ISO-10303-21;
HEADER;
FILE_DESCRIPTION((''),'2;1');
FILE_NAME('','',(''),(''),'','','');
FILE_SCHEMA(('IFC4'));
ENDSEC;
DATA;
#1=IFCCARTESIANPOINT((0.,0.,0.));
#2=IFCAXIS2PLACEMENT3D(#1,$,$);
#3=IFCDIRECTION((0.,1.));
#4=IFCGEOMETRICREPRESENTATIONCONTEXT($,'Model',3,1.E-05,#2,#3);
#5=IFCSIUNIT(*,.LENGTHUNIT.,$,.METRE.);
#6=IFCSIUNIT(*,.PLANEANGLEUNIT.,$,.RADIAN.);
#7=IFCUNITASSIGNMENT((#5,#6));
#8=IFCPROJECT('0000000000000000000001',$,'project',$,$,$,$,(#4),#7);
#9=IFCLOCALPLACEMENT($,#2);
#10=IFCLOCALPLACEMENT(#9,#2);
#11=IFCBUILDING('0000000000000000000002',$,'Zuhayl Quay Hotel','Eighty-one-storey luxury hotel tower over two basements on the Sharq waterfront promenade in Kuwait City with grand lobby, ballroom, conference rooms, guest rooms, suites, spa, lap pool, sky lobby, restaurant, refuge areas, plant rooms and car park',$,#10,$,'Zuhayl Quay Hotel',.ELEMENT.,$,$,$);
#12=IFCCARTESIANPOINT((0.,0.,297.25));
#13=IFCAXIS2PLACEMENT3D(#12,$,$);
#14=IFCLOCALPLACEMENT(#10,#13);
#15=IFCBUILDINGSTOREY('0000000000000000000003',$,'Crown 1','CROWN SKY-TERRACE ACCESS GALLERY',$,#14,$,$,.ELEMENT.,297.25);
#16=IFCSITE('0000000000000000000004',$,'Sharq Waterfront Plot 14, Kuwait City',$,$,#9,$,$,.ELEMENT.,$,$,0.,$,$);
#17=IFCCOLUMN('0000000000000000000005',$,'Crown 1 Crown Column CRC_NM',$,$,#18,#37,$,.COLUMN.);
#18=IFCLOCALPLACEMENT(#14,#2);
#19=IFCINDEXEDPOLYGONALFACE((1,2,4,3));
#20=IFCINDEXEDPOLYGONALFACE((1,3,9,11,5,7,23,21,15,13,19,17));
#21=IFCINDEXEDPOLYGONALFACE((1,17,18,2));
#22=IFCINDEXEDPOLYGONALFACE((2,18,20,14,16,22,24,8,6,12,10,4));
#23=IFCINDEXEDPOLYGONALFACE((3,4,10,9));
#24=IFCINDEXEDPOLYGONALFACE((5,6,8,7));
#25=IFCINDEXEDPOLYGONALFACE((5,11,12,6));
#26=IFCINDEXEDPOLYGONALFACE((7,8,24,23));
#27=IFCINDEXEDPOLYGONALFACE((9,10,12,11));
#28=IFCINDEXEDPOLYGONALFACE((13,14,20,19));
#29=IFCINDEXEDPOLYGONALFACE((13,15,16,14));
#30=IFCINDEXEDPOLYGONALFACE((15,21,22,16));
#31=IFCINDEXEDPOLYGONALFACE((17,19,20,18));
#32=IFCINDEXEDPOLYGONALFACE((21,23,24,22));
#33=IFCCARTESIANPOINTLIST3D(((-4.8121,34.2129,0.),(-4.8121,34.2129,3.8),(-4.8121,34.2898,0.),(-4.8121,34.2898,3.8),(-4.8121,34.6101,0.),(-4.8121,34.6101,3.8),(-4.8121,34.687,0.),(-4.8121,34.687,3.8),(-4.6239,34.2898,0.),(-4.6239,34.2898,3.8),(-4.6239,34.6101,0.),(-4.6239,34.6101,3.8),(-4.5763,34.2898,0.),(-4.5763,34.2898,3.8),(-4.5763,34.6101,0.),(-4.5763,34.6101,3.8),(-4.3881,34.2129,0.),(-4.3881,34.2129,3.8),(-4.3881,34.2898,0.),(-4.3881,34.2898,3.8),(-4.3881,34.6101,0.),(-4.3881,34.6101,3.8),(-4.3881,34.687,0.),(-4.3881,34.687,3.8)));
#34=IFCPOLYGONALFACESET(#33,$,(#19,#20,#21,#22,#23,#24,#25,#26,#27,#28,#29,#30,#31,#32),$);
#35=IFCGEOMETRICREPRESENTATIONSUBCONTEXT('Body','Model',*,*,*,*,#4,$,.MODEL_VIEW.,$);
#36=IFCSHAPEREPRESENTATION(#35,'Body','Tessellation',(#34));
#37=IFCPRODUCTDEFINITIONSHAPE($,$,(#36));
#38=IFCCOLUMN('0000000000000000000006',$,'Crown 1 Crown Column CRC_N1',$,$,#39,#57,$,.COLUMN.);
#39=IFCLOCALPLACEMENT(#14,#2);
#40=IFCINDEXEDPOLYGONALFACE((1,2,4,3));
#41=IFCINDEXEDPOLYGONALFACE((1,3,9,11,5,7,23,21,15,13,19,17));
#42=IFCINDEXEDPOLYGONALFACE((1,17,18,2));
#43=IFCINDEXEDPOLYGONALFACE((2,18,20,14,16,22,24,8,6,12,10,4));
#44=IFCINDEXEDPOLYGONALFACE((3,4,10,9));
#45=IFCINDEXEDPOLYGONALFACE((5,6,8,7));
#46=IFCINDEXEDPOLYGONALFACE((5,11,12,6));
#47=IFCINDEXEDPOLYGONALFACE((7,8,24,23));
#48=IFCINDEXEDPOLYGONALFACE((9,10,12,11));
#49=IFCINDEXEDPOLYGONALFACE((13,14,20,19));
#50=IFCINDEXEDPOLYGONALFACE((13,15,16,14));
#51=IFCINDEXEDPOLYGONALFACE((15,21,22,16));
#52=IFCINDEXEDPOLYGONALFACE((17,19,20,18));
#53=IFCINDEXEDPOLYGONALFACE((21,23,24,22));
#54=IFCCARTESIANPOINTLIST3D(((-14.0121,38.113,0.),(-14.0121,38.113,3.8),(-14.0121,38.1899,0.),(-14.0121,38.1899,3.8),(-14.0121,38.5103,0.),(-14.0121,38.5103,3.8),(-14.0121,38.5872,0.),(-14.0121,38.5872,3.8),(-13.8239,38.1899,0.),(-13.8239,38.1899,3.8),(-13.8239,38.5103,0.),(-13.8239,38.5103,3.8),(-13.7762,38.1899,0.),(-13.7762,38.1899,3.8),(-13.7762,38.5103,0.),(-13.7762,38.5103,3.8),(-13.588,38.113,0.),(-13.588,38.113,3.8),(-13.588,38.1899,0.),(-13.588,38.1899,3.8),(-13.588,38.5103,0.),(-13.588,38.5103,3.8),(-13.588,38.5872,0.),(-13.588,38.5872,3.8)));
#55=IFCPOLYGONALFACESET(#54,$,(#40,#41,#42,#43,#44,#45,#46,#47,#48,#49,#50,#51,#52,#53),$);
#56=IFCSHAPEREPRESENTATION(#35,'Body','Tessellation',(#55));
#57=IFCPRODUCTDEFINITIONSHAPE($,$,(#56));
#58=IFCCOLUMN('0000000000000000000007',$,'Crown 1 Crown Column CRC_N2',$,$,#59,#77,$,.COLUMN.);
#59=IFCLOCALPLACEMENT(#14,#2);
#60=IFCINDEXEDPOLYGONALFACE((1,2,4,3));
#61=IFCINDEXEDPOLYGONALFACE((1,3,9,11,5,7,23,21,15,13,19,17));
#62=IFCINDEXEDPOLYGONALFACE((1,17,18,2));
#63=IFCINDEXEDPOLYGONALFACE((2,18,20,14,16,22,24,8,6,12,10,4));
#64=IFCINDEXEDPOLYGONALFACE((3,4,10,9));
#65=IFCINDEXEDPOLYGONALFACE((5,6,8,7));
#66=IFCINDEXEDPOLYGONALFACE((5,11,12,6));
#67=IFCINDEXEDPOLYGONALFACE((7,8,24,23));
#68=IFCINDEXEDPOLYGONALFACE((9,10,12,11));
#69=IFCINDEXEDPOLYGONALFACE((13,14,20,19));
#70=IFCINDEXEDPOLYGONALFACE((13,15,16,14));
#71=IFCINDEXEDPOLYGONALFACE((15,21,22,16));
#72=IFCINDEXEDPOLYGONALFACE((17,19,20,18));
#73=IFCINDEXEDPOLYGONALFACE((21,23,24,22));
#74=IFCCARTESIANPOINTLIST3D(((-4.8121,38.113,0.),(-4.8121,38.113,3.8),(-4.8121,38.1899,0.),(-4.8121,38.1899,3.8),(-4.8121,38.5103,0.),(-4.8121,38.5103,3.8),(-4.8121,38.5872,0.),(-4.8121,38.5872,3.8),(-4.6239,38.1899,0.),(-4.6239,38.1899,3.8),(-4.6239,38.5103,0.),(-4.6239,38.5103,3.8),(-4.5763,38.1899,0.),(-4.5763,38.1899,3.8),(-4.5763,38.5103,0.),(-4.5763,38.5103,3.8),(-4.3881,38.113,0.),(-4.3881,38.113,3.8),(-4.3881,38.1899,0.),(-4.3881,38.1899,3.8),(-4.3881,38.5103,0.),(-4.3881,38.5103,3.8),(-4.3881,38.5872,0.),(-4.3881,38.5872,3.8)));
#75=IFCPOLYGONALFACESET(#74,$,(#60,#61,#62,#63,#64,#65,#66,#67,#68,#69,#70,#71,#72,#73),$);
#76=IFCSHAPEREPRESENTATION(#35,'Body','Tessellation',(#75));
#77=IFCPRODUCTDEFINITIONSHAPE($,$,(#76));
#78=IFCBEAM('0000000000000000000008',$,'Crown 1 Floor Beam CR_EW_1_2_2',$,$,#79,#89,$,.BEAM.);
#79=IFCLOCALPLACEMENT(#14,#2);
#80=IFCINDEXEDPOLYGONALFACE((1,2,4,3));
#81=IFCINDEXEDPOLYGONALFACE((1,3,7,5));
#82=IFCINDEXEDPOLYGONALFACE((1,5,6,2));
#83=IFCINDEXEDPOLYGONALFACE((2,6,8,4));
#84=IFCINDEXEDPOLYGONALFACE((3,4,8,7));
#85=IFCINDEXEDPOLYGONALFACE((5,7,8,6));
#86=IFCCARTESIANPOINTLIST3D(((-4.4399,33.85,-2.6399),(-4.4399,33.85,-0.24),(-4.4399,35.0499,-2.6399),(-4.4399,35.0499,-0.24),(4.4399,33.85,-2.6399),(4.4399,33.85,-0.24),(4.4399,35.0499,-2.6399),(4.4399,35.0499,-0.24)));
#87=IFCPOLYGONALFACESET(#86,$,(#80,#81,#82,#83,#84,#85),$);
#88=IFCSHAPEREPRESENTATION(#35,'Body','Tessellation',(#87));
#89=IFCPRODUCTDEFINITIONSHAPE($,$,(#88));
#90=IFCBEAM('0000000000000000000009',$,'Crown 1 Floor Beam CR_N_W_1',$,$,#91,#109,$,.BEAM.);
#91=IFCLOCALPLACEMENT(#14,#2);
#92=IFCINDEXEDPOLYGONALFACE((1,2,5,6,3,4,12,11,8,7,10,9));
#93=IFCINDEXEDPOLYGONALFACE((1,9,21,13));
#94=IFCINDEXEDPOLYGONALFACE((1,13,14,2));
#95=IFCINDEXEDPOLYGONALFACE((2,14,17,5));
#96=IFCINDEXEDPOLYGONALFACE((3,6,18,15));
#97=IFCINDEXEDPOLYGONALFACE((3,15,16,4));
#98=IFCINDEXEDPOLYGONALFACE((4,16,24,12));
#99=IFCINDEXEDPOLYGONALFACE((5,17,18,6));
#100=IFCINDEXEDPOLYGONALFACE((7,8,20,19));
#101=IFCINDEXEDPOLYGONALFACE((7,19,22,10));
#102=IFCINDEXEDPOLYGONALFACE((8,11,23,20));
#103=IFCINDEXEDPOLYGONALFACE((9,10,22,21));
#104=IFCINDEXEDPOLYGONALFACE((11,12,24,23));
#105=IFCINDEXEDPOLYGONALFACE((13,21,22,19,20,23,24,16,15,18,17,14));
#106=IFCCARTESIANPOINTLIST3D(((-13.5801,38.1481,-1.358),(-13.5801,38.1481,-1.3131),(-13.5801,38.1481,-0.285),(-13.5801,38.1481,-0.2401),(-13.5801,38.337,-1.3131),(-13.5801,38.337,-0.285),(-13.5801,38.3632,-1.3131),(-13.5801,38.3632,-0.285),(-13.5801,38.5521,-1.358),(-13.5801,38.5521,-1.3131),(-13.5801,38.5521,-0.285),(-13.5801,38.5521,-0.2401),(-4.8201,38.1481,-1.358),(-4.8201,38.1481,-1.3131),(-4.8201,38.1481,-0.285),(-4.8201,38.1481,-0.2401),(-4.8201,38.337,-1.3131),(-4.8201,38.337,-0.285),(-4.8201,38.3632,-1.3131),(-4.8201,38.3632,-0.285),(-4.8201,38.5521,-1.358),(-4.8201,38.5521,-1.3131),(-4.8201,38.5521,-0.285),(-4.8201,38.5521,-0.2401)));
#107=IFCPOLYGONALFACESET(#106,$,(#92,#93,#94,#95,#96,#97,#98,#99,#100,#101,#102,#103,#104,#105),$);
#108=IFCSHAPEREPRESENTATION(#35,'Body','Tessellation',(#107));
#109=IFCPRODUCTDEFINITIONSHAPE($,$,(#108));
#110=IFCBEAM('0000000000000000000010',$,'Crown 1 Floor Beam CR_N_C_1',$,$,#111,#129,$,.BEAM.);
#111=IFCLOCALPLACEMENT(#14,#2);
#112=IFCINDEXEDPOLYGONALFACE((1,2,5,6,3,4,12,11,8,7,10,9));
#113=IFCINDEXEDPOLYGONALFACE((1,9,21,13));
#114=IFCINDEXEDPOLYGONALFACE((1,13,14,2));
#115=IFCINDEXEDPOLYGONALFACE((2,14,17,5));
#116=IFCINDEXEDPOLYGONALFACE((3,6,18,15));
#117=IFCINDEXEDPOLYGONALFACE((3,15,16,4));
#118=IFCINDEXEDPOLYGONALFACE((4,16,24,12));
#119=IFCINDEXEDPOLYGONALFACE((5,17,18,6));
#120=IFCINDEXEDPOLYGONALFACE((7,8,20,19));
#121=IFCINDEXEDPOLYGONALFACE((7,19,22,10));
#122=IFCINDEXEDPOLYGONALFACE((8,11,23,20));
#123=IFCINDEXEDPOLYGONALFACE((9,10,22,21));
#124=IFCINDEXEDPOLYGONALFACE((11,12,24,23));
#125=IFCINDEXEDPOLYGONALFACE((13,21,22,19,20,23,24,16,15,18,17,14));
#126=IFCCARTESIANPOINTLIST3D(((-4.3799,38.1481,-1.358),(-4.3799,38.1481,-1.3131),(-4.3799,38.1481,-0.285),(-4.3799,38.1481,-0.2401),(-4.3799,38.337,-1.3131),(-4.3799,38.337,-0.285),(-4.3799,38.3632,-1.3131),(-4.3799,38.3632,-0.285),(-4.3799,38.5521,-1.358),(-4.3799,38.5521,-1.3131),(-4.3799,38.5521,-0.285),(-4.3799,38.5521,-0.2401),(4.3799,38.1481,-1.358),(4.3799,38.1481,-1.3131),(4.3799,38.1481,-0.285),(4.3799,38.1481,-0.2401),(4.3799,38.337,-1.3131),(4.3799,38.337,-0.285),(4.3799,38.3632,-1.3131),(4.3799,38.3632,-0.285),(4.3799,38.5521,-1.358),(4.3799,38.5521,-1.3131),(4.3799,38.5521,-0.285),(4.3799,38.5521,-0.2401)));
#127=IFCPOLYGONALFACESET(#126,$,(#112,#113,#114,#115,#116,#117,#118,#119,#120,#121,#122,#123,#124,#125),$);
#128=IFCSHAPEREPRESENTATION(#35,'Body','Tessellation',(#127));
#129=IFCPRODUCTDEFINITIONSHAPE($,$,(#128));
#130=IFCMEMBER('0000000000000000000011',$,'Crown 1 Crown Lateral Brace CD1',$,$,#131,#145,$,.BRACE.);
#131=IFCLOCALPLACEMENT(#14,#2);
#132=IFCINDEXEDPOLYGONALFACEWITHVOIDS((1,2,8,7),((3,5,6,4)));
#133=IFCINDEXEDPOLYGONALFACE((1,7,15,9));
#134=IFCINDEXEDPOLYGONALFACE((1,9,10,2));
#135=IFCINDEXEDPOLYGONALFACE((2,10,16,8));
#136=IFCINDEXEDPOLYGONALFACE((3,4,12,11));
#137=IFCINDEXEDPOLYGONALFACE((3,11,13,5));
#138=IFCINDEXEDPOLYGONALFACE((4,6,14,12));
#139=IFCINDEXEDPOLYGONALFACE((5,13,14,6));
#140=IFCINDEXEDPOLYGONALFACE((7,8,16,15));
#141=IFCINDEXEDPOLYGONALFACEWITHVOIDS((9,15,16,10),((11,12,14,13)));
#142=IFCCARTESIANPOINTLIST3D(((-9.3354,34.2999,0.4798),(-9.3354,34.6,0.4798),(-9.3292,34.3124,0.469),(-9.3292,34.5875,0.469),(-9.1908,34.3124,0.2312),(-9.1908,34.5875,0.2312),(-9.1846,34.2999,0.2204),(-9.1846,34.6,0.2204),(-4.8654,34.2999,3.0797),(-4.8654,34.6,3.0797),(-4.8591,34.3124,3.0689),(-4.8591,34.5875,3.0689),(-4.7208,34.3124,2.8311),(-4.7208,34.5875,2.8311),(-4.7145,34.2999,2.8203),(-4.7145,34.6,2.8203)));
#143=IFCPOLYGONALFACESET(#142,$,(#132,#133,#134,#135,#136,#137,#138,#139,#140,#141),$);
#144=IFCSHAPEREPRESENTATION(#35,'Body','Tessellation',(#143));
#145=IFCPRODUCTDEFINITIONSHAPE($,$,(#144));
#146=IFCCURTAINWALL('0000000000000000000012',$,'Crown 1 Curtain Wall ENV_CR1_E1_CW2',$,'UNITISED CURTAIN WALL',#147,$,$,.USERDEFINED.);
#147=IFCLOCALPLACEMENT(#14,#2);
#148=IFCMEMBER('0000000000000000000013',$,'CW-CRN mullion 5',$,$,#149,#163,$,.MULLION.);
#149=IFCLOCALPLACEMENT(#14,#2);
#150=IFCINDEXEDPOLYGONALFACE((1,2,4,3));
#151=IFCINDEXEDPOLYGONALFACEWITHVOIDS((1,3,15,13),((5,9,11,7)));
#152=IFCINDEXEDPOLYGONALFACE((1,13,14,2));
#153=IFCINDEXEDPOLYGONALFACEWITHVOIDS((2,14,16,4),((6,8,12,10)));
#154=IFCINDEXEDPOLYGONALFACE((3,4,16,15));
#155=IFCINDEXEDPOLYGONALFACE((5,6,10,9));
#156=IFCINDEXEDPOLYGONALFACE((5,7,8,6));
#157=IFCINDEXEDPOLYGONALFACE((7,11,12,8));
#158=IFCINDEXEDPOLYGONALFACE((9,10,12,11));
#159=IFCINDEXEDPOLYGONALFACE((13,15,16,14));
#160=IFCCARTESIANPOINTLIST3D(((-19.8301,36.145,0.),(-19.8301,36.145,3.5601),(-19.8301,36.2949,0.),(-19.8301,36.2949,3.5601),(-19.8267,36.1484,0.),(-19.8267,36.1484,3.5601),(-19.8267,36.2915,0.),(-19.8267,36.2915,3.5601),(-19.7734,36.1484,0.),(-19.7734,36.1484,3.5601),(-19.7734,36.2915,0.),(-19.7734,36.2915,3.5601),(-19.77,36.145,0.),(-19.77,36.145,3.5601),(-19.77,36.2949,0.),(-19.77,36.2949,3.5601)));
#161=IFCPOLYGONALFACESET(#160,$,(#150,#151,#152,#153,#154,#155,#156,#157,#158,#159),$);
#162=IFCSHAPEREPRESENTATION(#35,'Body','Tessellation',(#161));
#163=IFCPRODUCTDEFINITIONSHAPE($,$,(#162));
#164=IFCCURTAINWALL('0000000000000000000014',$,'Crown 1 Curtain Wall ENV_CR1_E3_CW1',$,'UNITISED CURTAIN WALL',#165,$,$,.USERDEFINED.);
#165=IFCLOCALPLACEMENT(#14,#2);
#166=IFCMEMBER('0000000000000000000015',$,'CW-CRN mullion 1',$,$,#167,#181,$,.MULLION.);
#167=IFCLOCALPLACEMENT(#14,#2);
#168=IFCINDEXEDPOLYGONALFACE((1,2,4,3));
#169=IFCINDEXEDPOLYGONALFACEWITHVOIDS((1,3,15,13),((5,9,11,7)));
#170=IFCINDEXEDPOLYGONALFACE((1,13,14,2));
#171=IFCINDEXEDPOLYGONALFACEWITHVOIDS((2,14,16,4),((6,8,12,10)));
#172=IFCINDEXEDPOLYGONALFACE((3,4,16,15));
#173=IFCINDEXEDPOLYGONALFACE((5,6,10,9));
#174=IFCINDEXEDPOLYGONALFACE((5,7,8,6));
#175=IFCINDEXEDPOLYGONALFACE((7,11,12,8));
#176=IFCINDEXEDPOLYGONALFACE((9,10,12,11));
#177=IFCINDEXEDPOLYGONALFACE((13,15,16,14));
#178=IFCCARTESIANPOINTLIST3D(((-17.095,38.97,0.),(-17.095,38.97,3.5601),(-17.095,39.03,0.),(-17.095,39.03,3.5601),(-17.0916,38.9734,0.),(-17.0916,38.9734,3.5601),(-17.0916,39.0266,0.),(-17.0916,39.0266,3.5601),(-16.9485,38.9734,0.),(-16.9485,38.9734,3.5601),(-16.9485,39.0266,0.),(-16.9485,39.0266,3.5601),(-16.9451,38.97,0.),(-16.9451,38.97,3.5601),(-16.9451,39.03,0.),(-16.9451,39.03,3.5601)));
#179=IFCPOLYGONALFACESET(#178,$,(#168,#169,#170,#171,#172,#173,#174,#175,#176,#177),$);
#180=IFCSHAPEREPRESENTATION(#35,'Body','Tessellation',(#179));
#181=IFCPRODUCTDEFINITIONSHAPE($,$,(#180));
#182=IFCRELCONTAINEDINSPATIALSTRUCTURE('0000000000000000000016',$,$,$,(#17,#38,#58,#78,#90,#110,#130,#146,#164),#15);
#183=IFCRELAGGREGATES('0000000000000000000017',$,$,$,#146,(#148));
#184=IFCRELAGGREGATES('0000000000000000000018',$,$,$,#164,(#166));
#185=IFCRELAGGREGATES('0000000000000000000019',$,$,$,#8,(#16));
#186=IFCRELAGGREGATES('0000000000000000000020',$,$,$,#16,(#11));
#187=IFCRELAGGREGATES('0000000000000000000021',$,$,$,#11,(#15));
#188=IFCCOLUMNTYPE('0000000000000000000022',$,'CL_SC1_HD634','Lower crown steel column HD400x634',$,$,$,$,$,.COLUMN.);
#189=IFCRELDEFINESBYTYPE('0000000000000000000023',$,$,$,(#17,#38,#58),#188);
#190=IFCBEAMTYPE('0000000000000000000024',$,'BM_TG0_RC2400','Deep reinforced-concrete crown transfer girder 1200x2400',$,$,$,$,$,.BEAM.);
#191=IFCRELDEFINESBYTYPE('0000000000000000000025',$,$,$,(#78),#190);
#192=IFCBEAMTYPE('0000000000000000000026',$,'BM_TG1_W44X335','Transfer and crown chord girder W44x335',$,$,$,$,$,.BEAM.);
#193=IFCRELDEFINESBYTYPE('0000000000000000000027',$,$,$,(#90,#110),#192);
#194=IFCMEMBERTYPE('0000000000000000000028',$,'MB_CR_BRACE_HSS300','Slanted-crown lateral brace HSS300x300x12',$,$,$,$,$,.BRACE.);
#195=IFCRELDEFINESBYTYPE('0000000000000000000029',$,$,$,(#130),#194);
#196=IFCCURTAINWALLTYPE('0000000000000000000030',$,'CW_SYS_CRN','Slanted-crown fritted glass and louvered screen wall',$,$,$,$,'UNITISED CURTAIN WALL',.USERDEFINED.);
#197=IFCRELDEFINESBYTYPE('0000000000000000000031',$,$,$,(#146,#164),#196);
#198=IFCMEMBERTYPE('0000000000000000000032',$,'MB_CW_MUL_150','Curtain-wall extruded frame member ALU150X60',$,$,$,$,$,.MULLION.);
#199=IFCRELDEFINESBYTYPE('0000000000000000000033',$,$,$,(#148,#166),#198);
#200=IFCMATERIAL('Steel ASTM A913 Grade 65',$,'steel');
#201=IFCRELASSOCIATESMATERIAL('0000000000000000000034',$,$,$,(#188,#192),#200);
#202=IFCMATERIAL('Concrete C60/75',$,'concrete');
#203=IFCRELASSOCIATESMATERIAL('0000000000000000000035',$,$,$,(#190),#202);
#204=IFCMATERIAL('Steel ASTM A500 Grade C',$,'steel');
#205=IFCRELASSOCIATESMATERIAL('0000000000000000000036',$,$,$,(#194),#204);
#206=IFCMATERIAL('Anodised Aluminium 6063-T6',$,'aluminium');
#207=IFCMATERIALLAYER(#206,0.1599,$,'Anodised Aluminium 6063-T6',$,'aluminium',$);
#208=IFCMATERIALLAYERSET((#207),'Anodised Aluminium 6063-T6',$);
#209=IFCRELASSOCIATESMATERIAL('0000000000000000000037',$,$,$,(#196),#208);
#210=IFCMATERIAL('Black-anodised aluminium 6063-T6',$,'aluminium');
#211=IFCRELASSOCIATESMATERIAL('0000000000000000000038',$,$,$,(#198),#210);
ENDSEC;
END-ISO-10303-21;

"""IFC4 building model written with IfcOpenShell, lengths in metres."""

from ifc_helpers import new_model, si_unit, direction, frame, origin, origin_2d, place, context, subcontext, project, spatial, rectangle, hollow_rectangle, i_section, extrude, material, layer, layer_set, material_profile, profile_set, type_object, element, aggregate, save


model = new_model("IFC4")

# Units and contexts
model_context = context("Model", 3, precision=1e-05, world=origin(), true_north=direction((0.0, 1.0)))
body_context = subcontext(model_context, "Body", "Model", "MODEL_VIEW")
ifc_project = project(units=[si_unit("LENGTHUNIT", "METRE"), si_unit("PLANEANGLEUNIT", "RADIAN")], contexts=[model_context])

# Site, building, storey
site_placement = place(None, origin())
site = spatial("IfcSite", under=ifc_project, at=site_placement, Name="Sharq Waterfront Plot 14, Kuwait City", CompositionType="ELEMENT", RefElevation=0.0)
building_placement = place(site_placement, origin())
building = spatial("IfcBuilding", under=site, at=building_placement, Name="Zuhayl Quay Hotel", Description="Eighty-one-storey luxury hotel tower over two basements on the Sharq waterfront promenade in Kuwait City with grand lobby, ballroom, conference rooms, guest rooms, suites, spa, lap pool, sky lobby, restaurant, refuge areas, plant rooms and car park", LongName="Zuhayl Quay Hotel", CompositionType="ELEMENT")
storey_placement = place(building_placement, frame((0.0, 0.0, 297.25)))
storey = spatial("IfcBuildingStorey", under=building, at=storey_placement, Name="Crown 1", Description="CROWN SKY-TERRACE ACCESS GALLERY", CompositionType="ELEMENT", Elevation=297.25)

# Columns
ifc_material_1 = material(Name="Steel ASTM A913 Grade 65", Category="steel")
ifc_material_profile_1 = material_profile(ifc_material_1, i_section(OverallWidth=0.4241, OverallDepth=0.4741, WebThickness=0.0476, FlangeThickness=0.0769, at=origin_2d()), Name="HD400X634")
ifc_profile_set_1 = profile_set([ifc_material_profile_1], Name="Steel ASTM A913 Grade 65")
column_type = type_object("IfcColumnType", Name="CL_SC1_HD634", Description="Lower crown steel column HD400x634", PredefinedType="COLUMN", material=ifc_profile_set_1)
for number, where, z_axis, x_axis, name in (
    (1, (-4.6001, 34.45, 0.0), (0.0, 0.0, 1.0), (1.0, 0.0, 0.0), "Crown 1 Crown Column CRC_NM"),
    (2, (-13.8, 38.3501, 0.0), (0.0, 0.0, 1.0), (1.0, 0.0, 0.0), "Crown 1 Crown Column CRC_N1"),
    (3, (-4.6001, 38.3501, 0.0), (0.0, 0.0, 1.0), (1.0, 0.0, 0.0), "Crown 1 Crown Column CRC_N2"),
):
    element("IfcColumn", number, at=place(storey_placement, frame(where, z_axis=z_axis, x_axis=x_axis)), inside=storey, type_object=column_type, Name=name, PredefinedType="COLUMN", context=body_context, shape_type="SweptSolid", body=[
        extrude(i_section(OverallWidth=0.4241, OverallDepth=0.4741, WebThickness=0.0476, FlangeThickness=0.0769, at=origin_2d()), origin(), (0.0, 0.0, 1.0), 3.8),
    ])

# Beams
ifc_material_2 = material(Name="Concrete C60/75", Category="concrete")
ifc_material_profile_2 = material_profile(ifc_material_2, rectangle(XDim=1.2, YDim=2.3999, at=origin_2d()), Name="RC1200X2400")
ifc_profile_set_2 = profile_set([ifc_material_profile_2], Name="Concrete C60/75")
beam_type_1 = type_object("IfcBeamType", Name="BM_TG0_RC2400", Description="Deep reinforced-concrete crown transfer girder 1200x2400", PredefinedType="BEAM", material=ifc_profile_set_2)
beam_1_placement = place(storey_placement, frame((-4.4399, 34.45, -1.4399), z_axis=(1.0, 0.0, 0.0), x_axis=(0.0, 1.0, 0.0)))
element("IfcBeam", 4, at=beam_1_placement, inside=storey, type_object=beam_type_1, Name="Crown 1 Floor Beam CR_EW_1_2_2", PredefinedType="BEAM", context=body_context, shape_type="SweptSolid", body=[
    extrude(rectangle(XDim=1.2, YDim=2.3999, at=origin_2d()), origin(), (0.0, 0.0, 1.0), 8.8799),
])
ifc_material_profile_3 = material_profile(ifc_material_1, i_section(OverallWidth=0.4041, OverallDepth=1.1179, WebThickness=0.0261, FlangeThickness=0.0449, at=origin_2d()), Name="W44X335")
ifc_profile_set_3 = profile_set([ifc_material_profile_3], Name="Steel ASTM A913 Grade 65")
beam_type_2 = type_object("IfcBeamType", Name="BM_TG1_W44X335", Description="Transfer and crown chord girder W44x335", PredefinedType="BEAM", material=ifc_profile_set_3)
beam_2_placement = place(storey_placement, frame((-13.5801, 38.3501, -0.7991), z_axis=(1.0, 0.0, 0.0), x_axis=(0.0, 1.0, 0.0)))
element("IfcBeam", 5, at=beam_2_placement, inside=storey, type_object=beam_type_2, Name="Crown 1 Floor Beam CR_N_W_1", PredefinedType="BEAM", context=body_context, shape_type="SweptSolid", body=[
    extrude(i_section(OverallWidth=0.4041, OverallDepth=1.1179, WebThickness=0.0261, FlangeThickness=0.0449, at=origin_2d()), origin(), (0.0, 0.0, 1.0), 8.76),
])
beam_3_placement = place(storey_placement, frame((-4.3799, 38.3501, -0.7991), z_axis=(1.0, 0.0, 0.0), x_axis=(0.0, 1.0, 0.0)))
element("IfcBeam", 6, at=beam_3_placement, inside=storey, type_object=beam_type_2, Name="Crown 1 Floor Beam CR_N_C_1", PredefinedType="BEAM", context=body_context, shape_type="SweptSolid", body=[
    extrude(i_section(OverallWidth=0.4041, OverallDepth=1.1179, WebThickness=0.0261, FlangeThickness=0.0449, at=origin_2d()), origin(), (0.0, 0.0, 1.0), 8.7598),
])

# Member
ifc_material_3 = material(Name="Steel ASTM A500 Grade C", Category="steel")
ifc_material_profile_4 = material_profile(ifc_material_3, hollow_rectangle(XDim=0.3, YDim=0.3, WallThickness=0.0125, at=origin_2d()), Name="HSS300X300X12")
ifc_profile_set_4 = profile_set([ifc_material_profile_4], Name="Steel ASTM A500 Grade C")
member_type_1 = type_object("IfcMemberType", Name="MB_CR_BRACE_HSS300", Description="Slanted-crown lateral brace HSS300x300x12", PredefinedType="BRACE", material=ifc_profile_set_4)
member_1_placement = place(storey_placement, frame((-9.26, 34.45, 0.3501), z_axis=(0.86442, 0.0, 0.50277), x_axis=(0.0, 1.0, 0.0)))
element("IfcMember", 7, at=member_1_placement, inside=storey, type_object=member_type_1, Name="Crown 1 Crown Lateral Brace CD1", PredefinedType="BRACE", context=body_context, shape_type="SweptSolid", body=[
    extrude(hollow_rectangle(XDim=0.3, YDim=0.3, WallThickness=0.0125, at=origin_2d()), origin(), (0.0, 0.0, 1.0), 5.1711),
])

# Curtain wall, member
ifc_material_4 = material(Name="Anodised Aluminium 6063-T6", Category="aluminium")
ifc_layer_1 = layer(ifc_material_4, 0.1599, Name="Anodised Aluminium 6063-T6", Category="aluminium")
ifc_layer_set_1 = layer_set([ifc_layer_1], Name="Anodised Aluminium 6063-T6")
curtain_wall_type = type_object("IfcCurtainWallType", Name="CW_SYS_CRN", Description="Slanted-crown fritted glass and louvered screen wall", ElementType="UNITISED CURTAIN WALL", PredefinedType="USERDEFINED", material=ifc_layer_set_1)
curtain_wall_1_placement = place(storey_placement, origin())
curtain_wall_1 = element("IfcCurtainWall", 8, at=curtain_wall_1_placement, inside=storey, type_object=curtain_wall_type, Name="Crown 1 Curtain Wall ENV_CR1_E1_CW2", ObjectType="UNITISED CURTAIN WALL", PredefinedType="USERDEFINED")
ifc_material_5 = material(Name="Black-anodised aluminium 6063-T6", Category="aluminium")
ifc_material_profile_5 = material_profile(ifc_material_5, hollow_rectangle(XDim=0.0601, YDim=0.1499, WallThickness=0.0034, at=origin_2d()), Name="ALU150X60")
ifc_profile_set_5 = profile_set([ifc_material_profile_5], Name="Black-anodised aluminium 6063-T6")
member_type_2 = type_object("IfcMemberType", Name="MB_CW_MUL_150", Description="Curtain-wall extruded frame member ALU150X60", PredefinedType="MULLION", material=ifc_profile_set_5)
member_2_placement = place(storey_placement, frame((-19.8, 36.22, 0.0), z_axis=(0.0, 0.0, 1.0), x_axis=(-1.0, 0.0, 0.0)))
member_2 = element("IfcMember", 9, at=member_2_placement, type_object=member_type_2, Name="CW-CRN mullion 5", PredefinedType="MULLION", context=body_context, shape_type="SweptSolid", body=[
    extrude(hollow_rectangle(XDim=0.0601, YDim=0.1499, WallThickness=0.0034, at=origin_2d()), origin(), (0.0, 0.0, 1.0), 3.5601),
])
aggregate(curtain_wall_1, [member_2])

# Curtain wall, member
curtain_wall_2_placement = place(storey_placement, origin())
curtain_wall_2 = element("IfcCurtainWall", 10, at=curtain_wall_2_placement, inside=storey, type_object=curtain_wall_type, Name="Crown 1 Curtain Wall ENV_CR1_E3_CW1", ObjectType="UNITISED CURTAIN WALL", PredefinedType="USERDEFINED")
member_3_placement = place(storey_placement, frame((-17.02, 39.0, 0.0), z_axis=(0.0, 0.0, 1.0), x_axis=(0.0, 1.0, 0.0)))
member_3 = element("IfcMember", 11, at=member_3_placement, type_object=member_type_2, Name="CW-CRN mullion 1", PredefinedType="MULLION", context=body_context, shape_type="SweptSolid", body=[
    extrude(hollow_rectangle(XDim=0.0601, YDim=0.1499, WallThickness=0.0034, at=origin_2d()), origin(), (0.0, 0.0, 1.0), 3.5601),
])

aggregate(curtain_wall_2, [member_3])

save(model, "model.ifc")
